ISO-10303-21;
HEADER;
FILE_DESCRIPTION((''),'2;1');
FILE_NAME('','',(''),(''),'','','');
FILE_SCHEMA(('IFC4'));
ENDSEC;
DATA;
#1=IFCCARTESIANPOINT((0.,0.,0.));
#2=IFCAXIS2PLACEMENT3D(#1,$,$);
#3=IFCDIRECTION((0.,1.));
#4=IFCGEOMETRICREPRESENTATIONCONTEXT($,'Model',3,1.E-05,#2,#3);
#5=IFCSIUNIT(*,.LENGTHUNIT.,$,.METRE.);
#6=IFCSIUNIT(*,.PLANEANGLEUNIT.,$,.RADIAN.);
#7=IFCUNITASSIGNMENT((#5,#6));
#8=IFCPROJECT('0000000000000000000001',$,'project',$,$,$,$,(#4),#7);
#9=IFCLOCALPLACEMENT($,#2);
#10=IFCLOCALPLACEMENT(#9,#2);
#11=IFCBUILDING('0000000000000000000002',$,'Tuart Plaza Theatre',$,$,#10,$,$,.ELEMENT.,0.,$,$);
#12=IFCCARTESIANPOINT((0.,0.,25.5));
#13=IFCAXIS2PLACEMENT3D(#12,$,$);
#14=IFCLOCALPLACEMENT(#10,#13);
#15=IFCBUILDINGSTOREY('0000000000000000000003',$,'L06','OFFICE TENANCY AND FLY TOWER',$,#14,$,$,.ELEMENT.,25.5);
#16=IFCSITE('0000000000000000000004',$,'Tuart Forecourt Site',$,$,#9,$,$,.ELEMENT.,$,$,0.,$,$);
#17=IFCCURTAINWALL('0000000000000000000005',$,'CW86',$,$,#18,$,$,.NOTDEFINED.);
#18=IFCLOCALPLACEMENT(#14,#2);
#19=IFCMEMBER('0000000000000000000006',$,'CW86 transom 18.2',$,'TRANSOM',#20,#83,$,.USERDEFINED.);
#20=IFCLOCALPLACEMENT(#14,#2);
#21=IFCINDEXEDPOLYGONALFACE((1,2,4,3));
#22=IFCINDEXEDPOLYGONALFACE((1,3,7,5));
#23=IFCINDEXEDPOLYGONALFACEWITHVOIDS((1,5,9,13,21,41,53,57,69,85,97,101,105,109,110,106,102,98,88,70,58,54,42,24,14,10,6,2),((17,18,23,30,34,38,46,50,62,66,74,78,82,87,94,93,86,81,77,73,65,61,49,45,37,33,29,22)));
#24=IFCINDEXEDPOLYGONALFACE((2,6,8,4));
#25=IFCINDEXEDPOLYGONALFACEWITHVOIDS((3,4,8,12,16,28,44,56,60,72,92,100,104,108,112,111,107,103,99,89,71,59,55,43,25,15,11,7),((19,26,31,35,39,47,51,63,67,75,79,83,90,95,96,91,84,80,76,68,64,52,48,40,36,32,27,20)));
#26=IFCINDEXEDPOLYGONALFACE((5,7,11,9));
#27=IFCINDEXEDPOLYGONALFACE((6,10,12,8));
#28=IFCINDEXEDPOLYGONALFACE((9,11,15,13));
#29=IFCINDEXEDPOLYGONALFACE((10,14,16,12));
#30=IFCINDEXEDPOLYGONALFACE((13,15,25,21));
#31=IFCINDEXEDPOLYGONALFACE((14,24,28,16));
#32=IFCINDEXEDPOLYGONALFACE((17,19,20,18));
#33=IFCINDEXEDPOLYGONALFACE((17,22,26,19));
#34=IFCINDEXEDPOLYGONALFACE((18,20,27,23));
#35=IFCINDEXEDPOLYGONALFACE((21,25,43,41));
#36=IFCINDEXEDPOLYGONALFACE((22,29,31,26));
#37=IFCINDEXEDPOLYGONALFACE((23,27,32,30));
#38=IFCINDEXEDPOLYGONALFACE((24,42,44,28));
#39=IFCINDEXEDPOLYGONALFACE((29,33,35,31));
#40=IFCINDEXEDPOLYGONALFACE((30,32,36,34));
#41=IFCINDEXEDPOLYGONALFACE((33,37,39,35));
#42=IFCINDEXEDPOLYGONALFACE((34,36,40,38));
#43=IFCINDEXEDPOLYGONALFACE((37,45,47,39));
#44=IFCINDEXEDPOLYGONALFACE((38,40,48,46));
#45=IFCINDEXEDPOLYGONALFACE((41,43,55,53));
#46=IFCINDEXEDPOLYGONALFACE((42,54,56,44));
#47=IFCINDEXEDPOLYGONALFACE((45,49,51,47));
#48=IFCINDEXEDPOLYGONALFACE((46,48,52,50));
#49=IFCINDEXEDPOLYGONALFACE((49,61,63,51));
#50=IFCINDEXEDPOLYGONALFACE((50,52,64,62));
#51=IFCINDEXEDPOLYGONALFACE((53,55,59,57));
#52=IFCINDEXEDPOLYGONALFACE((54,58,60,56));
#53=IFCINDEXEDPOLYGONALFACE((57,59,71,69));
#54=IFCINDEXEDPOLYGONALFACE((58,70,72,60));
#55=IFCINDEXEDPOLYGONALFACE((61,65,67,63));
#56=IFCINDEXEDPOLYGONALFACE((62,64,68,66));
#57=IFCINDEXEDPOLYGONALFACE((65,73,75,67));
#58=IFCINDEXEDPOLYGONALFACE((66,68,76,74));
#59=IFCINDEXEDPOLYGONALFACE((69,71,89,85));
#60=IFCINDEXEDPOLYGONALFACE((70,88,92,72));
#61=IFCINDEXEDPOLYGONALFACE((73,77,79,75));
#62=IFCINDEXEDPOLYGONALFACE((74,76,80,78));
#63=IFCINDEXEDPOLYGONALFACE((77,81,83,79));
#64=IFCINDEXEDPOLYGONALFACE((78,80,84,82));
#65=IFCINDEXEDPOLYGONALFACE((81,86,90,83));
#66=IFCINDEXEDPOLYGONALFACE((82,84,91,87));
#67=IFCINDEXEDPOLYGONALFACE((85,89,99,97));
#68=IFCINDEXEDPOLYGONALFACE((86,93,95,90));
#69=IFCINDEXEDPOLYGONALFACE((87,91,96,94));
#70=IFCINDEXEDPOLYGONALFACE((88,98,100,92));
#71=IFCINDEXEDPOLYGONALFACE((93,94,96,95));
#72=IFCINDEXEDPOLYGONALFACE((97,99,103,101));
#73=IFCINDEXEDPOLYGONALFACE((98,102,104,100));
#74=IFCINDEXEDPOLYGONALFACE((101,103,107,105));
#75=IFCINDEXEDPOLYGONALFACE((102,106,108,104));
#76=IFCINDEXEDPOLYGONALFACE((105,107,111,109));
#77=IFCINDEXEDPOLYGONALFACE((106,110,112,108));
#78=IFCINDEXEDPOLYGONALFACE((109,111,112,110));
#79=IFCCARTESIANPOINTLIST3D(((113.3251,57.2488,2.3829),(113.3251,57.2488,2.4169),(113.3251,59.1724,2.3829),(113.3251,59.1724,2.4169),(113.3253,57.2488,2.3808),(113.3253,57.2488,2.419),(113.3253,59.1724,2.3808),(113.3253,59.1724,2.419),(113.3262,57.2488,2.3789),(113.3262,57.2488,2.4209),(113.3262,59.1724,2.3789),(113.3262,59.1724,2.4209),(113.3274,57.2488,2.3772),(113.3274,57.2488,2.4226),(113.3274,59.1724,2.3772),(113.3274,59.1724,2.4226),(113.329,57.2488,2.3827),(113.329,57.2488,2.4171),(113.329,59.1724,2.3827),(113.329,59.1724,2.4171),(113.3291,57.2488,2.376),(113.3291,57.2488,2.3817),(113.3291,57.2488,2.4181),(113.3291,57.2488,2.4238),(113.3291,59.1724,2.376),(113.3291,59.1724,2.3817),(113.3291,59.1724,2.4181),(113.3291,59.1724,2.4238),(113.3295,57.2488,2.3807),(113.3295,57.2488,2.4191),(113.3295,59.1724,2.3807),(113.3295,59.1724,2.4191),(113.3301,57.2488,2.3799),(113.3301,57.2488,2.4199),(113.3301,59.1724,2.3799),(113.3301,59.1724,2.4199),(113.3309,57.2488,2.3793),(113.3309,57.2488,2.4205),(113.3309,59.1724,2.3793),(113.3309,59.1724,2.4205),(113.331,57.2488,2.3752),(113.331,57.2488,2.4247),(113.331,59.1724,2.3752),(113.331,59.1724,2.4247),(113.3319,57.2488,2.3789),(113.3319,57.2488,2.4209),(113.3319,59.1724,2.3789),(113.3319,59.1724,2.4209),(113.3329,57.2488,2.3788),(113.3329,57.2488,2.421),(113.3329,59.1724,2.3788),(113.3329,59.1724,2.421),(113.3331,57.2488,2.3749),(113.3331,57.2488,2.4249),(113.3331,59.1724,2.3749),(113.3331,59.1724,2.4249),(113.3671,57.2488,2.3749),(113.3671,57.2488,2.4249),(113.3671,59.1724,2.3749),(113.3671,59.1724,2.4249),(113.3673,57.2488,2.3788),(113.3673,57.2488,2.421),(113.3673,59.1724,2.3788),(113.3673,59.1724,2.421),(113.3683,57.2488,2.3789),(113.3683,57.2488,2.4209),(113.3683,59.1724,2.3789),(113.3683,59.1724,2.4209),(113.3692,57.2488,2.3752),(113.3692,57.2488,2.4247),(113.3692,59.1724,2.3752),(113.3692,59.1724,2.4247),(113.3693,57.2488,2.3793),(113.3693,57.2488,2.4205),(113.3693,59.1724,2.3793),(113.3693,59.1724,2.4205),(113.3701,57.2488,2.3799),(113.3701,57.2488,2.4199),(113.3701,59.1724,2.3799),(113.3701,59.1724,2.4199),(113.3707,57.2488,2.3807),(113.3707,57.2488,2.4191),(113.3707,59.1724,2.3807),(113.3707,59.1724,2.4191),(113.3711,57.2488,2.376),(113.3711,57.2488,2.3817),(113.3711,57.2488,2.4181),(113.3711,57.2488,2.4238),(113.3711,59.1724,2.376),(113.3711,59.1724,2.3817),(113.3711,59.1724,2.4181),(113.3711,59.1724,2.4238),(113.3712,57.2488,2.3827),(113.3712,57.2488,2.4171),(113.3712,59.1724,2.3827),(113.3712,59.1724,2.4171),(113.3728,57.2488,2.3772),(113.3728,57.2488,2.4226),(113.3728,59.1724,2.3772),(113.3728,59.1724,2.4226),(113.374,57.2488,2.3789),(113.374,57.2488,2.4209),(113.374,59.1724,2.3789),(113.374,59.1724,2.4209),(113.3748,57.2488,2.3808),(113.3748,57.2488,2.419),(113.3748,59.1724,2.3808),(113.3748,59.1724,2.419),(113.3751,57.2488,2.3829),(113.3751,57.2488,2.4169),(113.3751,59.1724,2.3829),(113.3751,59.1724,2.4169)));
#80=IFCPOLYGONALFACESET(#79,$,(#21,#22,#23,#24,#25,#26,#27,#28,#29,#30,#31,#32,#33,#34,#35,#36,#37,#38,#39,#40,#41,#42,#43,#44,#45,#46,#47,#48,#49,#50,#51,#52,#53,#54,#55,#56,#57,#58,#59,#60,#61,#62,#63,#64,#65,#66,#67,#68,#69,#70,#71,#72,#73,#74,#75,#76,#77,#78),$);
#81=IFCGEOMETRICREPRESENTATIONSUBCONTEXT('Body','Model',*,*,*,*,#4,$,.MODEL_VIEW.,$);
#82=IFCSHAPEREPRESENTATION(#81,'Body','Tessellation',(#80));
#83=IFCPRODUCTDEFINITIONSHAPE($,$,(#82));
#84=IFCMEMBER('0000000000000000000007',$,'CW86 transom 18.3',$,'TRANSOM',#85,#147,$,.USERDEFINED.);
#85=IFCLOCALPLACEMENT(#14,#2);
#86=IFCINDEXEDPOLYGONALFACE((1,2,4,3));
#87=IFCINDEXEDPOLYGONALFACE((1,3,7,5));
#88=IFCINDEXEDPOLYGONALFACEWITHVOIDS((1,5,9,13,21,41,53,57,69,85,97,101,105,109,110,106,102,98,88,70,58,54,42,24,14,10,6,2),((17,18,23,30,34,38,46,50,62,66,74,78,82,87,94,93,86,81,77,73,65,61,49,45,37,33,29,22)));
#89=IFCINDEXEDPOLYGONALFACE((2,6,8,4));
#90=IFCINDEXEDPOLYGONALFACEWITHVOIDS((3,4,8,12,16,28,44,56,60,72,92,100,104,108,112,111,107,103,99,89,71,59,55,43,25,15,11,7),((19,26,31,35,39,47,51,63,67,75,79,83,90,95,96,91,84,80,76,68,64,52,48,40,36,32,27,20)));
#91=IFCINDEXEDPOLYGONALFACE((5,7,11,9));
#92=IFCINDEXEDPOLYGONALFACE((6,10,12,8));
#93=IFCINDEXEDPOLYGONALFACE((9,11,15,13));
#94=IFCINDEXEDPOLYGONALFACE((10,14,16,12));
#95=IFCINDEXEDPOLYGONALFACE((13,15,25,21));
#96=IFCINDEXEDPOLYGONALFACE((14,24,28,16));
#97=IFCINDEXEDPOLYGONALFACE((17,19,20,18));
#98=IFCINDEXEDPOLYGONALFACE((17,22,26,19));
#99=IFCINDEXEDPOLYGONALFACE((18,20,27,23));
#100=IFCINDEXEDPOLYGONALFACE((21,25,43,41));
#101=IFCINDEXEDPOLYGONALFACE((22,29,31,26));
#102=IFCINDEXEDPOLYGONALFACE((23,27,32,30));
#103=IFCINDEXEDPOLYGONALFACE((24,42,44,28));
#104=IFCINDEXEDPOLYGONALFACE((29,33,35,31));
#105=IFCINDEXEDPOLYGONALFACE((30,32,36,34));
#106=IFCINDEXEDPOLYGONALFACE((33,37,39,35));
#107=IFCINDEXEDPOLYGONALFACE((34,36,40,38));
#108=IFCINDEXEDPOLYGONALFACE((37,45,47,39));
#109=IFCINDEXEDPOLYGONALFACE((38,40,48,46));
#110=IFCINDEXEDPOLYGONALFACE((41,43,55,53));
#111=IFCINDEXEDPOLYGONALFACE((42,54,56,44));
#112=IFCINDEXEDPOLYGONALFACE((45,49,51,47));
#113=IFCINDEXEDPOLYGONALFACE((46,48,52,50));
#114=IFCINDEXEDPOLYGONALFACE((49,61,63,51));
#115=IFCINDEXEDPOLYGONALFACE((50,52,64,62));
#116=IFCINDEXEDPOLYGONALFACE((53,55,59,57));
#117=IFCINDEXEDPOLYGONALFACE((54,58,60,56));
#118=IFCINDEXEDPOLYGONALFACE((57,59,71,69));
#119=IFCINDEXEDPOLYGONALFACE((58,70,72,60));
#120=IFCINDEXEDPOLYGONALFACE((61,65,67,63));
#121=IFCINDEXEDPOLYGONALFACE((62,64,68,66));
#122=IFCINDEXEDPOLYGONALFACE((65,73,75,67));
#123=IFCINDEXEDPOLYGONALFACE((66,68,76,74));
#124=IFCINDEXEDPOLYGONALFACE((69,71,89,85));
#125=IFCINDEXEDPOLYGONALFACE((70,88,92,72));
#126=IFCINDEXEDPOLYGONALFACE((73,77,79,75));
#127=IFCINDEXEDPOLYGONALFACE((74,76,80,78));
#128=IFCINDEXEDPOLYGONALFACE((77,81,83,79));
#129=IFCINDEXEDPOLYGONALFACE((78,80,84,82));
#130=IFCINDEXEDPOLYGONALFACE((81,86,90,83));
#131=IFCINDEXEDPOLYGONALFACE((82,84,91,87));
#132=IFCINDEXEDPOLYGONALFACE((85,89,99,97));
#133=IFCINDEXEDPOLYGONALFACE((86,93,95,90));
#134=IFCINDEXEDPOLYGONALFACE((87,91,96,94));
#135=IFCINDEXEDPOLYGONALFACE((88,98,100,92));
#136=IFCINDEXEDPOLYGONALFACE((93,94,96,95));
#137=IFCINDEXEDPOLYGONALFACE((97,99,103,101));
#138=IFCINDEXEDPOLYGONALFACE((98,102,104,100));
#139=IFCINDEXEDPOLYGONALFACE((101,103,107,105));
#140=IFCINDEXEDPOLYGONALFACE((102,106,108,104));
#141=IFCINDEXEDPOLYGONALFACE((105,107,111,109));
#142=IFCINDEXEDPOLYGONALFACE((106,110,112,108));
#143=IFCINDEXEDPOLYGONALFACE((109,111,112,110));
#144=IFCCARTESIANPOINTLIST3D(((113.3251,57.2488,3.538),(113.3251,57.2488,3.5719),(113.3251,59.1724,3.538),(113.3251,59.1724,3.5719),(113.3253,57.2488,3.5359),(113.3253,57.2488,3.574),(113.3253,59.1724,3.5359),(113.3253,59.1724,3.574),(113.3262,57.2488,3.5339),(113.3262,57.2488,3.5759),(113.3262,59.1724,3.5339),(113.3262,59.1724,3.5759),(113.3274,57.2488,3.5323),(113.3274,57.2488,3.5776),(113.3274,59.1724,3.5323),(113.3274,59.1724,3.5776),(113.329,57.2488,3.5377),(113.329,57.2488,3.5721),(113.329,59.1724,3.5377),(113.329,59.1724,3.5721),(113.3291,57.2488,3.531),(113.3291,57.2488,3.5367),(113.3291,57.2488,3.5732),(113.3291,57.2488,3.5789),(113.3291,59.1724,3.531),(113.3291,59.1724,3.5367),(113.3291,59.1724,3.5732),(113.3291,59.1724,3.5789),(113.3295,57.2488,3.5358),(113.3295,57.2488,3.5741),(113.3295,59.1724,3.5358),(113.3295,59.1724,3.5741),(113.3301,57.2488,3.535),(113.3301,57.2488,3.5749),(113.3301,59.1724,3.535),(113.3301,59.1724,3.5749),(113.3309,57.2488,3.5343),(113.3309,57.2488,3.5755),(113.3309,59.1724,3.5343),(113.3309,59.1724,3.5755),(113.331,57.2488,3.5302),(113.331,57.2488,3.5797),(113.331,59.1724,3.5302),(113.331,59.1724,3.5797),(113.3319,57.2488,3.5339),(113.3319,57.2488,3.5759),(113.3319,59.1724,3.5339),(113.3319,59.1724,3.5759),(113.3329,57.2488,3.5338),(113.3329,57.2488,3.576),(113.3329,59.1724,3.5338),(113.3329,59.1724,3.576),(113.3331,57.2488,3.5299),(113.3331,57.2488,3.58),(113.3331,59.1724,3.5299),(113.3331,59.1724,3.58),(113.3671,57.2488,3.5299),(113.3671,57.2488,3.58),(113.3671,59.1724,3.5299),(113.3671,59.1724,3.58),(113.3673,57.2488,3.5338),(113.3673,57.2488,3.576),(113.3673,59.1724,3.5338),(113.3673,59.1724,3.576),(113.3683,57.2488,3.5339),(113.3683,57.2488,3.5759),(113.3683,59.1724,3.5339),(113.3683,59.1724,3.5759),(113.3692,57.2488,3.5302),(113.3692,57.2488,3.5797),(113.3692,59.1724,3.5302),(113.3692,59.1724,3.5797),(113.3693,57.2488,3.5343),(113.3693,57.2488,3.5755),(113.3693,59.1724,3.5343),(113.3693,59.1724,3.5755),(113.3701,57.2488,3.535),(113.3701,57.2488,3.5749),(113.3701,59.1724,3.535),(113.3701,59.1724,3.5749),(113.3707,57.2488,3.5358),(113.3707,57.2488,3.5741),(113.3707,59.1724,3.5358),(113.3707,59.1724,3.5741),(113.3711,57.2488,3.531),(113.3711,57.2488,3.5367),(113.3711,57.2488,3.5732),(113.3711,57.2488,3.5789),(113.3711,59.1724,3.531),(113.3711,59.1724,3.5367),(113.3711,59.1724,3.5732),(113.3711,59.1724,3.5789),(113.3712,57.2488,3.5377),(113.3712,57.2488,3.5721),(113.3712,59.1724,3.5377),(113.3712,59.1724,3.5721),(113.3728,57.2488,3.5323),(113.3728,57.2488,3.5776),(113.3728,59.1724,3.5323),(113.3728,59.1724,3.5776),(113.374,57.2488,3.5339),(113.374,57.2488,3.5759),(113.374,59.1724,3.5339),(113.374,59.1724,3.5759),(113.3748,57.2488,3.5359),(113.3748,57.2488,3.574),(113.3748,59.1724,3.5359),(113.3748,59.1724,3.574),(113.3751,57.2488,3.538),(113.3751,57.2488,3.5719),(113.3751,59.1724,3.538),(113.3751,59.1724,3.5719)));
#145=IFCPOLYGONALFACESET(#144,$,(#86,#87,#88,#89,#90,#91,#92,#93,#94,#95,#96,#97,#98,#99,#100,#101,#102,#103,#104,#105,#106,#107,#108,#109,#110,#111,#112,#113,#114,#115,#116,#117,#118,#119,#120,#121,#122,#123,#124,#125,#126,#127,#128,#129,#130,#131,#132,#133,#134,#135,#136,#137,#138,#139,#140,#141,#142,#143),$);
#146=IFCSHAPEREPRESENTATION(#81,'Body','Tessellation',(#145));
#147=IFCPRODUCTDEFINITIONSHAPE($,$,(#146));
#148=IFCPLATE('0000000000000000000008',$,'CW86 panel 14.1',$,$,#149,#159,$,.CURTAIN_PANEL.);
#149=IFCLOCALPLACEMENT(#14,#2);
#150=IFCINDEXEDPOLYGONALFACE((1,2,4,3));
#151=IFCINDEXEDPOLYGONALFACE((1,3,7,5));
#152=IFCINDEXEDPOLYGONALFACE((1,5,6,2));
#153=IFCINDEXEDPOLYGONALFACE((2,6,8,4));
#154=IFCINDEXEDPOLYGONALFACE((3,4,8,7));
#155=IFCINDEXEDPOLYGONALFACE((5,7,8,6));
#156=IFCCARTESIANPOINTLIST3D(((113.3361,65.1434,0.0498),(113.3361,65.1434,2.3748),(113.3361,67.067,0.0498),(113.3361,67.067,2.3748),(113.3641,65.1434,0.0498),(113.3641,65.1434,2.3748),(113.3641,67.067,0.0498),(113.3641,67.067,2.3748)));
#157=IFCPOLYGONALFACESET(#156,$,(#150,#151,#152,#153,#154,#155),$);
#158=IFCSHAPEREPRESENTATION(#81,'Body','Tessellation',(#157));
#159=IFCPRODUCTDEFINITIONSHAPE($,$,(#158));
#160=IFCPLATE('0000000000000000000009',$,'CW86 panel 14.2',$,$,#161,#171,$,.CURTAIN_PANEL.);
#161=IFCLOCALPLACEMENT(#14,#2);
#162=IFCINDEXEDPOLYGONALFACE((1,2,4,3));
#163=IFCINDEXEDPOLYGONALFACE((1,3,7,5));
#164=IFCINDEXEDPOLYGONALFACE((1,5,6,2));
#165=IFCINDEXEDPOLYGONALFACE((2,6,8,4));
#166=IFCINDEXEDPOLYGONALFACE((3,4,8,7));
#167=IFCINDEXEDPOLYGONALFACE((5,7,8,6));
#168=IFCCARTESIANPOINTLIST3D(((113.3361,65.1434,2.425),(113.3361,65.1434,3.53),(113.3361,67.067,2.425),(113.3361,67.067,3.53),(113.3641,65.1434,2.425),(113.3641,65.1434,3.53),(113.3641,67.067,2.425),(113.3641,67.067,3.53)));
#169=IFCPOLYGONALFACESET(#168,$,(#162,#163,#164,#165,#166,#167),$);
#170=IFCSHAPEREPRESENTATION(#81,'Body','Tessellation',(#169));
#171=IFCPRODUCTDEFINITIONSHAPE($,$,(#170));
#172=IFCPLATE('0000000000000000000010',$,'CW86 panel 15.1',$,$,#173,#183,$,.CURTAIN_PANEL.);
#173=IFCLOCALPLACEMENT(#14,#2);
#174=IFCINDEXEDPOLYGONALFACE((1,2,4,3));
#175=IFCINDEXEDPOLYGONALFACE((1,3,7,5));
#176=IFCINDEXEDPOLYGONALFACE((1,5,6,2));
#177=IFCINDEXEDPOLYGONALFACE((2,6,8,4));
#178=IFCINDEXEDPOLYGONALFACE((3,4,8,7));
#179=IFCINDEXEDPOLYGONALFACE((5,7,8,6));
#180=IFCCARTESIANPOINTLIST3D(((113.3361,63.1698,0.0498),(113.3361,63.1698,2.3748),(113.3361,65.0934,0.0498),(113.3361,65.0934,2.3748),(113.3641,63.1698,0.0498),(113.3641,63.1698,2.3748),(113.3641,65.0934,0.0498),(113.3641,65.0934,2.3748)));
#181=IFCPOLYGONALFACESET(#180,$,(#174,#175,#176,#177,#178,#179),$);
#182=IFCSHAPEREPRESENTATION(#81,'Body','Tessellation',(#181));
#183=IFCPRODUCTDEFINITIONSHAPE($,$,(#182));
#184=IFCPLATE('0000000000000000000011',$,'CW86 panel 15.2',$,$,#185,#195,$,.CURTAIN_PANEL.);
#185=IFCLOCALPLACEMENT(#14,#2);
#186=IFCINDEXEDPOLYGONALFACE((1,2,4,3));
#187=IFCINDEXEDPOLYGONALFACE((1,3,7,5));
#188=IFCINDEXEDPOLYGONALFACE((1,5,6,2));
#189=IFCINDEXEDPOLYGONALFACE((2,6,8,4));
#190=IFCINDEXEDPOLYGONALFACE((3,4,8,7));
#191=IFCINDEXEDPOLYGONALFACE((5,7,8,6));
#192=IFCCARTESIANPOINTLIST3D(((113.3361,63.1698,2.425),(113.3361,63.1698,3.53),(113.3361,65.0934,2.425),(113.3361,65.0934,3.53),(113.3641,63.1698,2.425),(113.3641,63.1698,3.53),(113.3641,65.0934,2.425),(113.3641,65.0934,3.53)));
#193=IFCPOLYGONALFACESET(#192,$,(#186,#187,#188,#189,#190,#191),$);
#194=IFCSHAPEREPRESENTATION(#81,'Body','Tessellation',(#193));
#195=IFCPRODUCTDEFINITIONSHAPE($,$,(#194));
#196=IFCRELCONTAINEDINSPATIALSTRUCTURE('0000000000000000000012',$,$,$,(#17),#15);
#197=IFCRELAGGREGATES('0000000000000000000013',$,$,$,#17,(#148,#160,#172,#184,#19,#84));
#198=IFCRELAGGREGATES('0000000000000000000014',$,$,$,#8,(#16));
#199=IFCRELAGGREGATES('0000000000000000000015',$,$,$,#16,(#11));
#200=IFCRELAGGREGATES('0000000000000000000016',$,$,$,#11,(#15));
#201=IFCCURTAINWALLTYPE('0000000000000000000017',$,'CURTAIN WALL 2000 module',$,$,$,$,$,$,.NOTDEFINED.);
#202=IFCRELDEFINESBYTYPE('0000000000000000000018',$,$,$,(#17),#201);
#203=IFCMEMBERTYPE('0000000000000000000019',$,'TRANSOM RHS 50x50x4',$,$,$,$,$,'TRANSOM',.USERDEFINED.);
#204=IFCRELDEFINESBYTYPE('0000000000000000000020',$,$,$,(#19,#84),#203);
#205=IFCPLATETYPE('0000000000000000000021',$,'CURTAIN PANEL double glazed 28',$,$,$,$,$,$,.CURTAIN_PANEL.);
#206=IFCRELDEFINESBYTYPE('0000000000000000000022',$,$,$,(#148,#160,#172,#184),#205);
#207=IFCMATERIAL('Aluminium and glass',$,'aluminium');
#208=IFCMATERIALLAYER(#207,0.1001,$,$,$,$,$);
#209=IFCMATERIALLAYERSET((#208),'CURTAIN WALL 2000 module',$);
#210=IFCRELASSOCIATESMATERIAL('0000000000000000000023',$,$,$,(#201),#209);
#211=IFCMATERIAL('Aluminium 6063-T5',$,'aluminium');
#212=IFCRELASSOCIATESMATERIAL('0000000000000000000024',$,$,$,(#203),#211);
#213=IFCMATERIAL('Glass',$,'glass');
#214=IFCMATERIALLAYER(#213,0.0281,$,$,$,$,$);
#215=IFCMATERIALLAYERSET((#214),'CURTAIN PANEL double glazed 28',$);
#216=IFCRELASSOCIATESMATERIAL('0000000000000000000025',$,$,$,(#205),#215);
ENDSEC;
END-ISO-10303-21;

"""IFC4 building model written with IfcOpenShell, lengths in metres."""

from ifc_helpers import new_model, si_unit, direction, frame, origin, origin_2d, place, context, subcontext, project, spatial, rectangle, hollow_rectangle, extrude, material, layer, layer_set, material_profile, profile_set, type_object, element, aggregate, save


model = new_model("IFC4")

# Units and contexts
model_context = context("Model", 3, precision=1e-05, world=origin(), true_north=direction((0.0, 1.0)))
body_context = subcontext(model_context, "Body", "Model", "MODEL_VIEW")
ifc_project = project(units=[si_unit("LENGTHUNIT", "METRE"), si_unit("PLANEANGLEUNIT", "RADIAN")], contexts=[model_context])

# Site, building, storey
site_placement = place(None, origin())
site = spatial("IfcSite", under=ifc_project, at=site_placement, Name="Tuart Forecourt Site", CompositionType="ELEMENT", RefElevation=0.0)
building_placement = place(site_placement, origin())
building = spatial("IfcBuilding", under=site, at=building_placement, Name="Tuart Plaza Theatre", CompositionType="ELEMENT", ElevationOfRefHeight=0.0)
storey_placement = place(building_placement, frame((0.0, 0.0, 25.5)))
storey = spatial("IfcBuildingStorey", under=building, at=storey_placement, Name="L06", Description="OFFICE TENANCY AND FLY TOWER", CompositionType="ELEMENT", Elevation=25.5)

# Curtain wall, members, plates
ifc_material_1 = material(Name="Aluminium and glass", Category="aluminium")
ifc_layer_1 = layer(ifc_material_1, 0.1001)
ifc_layer_set_1 = layer_set([ifc_layer_1], Name="CURTAIN WALL 2000 module")
curtain_wall_type = type_object("IfcCurtainWallType", Name="CURTAIN WALL 2000 module", PredefinedType="NOTDEFINED", material=ifc_layer_set_1)
curtain_wall_placement = place(storey_placement, origin())
curtain_wall = element("IfcCurtainWall", 1, at=curtain_wall_placement, inside=storey, type_object=curtain_wall_type, Name="CW86", PredefinedType="NOTDEFINED")
ifc_material_2 = material(Name="Aluminium 6063-T5", Category="aluminium")
ifc_material_profile_1 = material_profile(ifc_material_2, hollow_rectangle(XDim=0.05, YDim=0.05, WallThickness=0.0039, InnerFilletRadius=0.0039, OuterFilletRadius=0.0081, at=origin_2d()), Name="RHS 50x50x4")
ifc_profile_set_1 = profile_set([ifc_material_profile_1], Name="Aluminium 6063-T5")
member_type = type_object("IfcMemberType", Name="TRANSOM RHS 50x50x4", ElementType="TRANSOM", PredefinedType="USERDEFINED", material=ifc_profile_set_1)
member_1_placement = place(storey_placement, frame((113.3501, 59.1724, 2.3999), z_axis=(0.0, -1.0, 0.0), x_axis=(1.0, 0.0, 0.0)))
member_1 = element("IfcMember", 2, at=member_1_placement, type_object=member_type, Name="CW86 transom 18.2", ObjectType="TRANSOM", PredefinedType="USERDEFINED", context=body_context, shape_type="SweptSolid", body=[
    extrude(hollow_rectangle(XDim=0.05, YDim=0.05, WallThickness=0.0039, InnerFilletRadius=0.0039, OuterFilletRadius=0.0081, at=origin_2d()), origin(), (0.0, 0.0, 1.0), 1.9236),
])
member_2_placement = place(storey_placement, frame((113.3501, 59.1724, 3.5549), z_axis=(0.0, -1.0, 0.0), x_axis=(1.0, 0.0, 0.0)))
member_2 = element("IfcMember", 3, at=member_2_placement, type_object=member_type, Name="CW86 transom 18.3", ObjectType="TRANSOM", PredefinedType="USERDEFINED", context=body_context, shape_type="SweptSolid", body=[
    extrude(hollow_rectangle(XDim=0.05, YDim=0.05, WallThickness=0.0039, InnerFilletRadius=0.0039, OuterFilletRadius=0.0081, at=origin_2d()), origin(), (0.0, 0.0, 1.0), 1.9236),
])
ifc_material_3 = material(Name="Glass", Category="glass")
ifc_layer_2 = layer(ifc_material_3, 0.0281)
ifc_layer_set_2 = layer_set([ifc_layer_2], Name="CURTAIN PANEL double glazed 28")
plate_type = type_object("IfcPlateType", Name="CURTAIN PANEL double glazed 28", PredefinedType="CURTAIN_PANEL", material=ifc_layer_set_2)
plate_1_placement = place(storey_placement, frame((113.3501, 66.1052, 0.0498), z_axis=(0.0, 0.0, 1.0), x_axis=(0.0, -1.0, 0.0)))
plate_1 = element("IfcPlate", 4, at=plate_1_placement, type_object=plate_type, Name="CW86 panel 14.1", PredefinedType="CURTAIN_PANEL", context=body_context, shape_type="SweptSolid", body=[
    extrude(rectangle(XDim=1.9236, YDim=0.0281, at=origin_2d()), origin(), (0.0, 0.0, 1.0), 2.325),
])
plate_2_placement = place(storey_placement, frame((113.3501, 66.1052, 2.425), z_axis=(0.0, 0.0, 1.0), x_axis=(0.0, -1.0, 0.0)))
plate_2 = element("IfcPlate", 5, at=plate_2_placement, type_object=plate_type, Name="CW86 panel 14.2", PredefinedType="CURTAIN_PANEL", context=body_context, shape_type="SweptSolid", body=[
    extrude(rectangle(XDim=1.9236, YDim=0.0281, at=origin_2d()), origin(), (0.0, 0.0, 1.0), 1.105),
])
plate_3_placement = place(storey_placement, frame((113.3501, 64.1316, 0.0498), z_axis=(0.0, 0.0, 1.0), x_axis=(0.0, -1.0, 0.0)))
plate_3 = element("IfcPlate", 6, at=plate_3_placement, type_object=plate_type, Name="CW86 panel 15.1", PredefinedType="CURTAIN_PANEL", context=body_context, shape_type="SweptSolid", body=[
    extrude(rectangle(XDim=1.9236, YDim=0.0281, at=origin_2d()), origin(), (0.0, 0.0, 1.0), 2.325),
])
plate_4_placement = place(storey_placement, frame((113.3501, 64.1316, 2.425), z_axis=(0.0, 0.0, 1.0), x_axis=(0.0, -1.0, 0.0)))
plate_4 = element("IfcPlate", 7, at=plate_4_placement, type_object=plate_type, Name="CW86 panel 15.2", PredefinedType="CURTAIN_PANEL", context=body_context, shape_type="SweptSolid", body=[
    extrude(rectangle(XDim=1.9236, YDim=0.0281, at=origin_2d()), origin(), (0.0, 0.0, 1.0), 1.105),
])
aggregate(curtain_wall, [plate_1, plate_2, plate_3, plate_4, member_1, member_2])

save(model, "model.ifc")
